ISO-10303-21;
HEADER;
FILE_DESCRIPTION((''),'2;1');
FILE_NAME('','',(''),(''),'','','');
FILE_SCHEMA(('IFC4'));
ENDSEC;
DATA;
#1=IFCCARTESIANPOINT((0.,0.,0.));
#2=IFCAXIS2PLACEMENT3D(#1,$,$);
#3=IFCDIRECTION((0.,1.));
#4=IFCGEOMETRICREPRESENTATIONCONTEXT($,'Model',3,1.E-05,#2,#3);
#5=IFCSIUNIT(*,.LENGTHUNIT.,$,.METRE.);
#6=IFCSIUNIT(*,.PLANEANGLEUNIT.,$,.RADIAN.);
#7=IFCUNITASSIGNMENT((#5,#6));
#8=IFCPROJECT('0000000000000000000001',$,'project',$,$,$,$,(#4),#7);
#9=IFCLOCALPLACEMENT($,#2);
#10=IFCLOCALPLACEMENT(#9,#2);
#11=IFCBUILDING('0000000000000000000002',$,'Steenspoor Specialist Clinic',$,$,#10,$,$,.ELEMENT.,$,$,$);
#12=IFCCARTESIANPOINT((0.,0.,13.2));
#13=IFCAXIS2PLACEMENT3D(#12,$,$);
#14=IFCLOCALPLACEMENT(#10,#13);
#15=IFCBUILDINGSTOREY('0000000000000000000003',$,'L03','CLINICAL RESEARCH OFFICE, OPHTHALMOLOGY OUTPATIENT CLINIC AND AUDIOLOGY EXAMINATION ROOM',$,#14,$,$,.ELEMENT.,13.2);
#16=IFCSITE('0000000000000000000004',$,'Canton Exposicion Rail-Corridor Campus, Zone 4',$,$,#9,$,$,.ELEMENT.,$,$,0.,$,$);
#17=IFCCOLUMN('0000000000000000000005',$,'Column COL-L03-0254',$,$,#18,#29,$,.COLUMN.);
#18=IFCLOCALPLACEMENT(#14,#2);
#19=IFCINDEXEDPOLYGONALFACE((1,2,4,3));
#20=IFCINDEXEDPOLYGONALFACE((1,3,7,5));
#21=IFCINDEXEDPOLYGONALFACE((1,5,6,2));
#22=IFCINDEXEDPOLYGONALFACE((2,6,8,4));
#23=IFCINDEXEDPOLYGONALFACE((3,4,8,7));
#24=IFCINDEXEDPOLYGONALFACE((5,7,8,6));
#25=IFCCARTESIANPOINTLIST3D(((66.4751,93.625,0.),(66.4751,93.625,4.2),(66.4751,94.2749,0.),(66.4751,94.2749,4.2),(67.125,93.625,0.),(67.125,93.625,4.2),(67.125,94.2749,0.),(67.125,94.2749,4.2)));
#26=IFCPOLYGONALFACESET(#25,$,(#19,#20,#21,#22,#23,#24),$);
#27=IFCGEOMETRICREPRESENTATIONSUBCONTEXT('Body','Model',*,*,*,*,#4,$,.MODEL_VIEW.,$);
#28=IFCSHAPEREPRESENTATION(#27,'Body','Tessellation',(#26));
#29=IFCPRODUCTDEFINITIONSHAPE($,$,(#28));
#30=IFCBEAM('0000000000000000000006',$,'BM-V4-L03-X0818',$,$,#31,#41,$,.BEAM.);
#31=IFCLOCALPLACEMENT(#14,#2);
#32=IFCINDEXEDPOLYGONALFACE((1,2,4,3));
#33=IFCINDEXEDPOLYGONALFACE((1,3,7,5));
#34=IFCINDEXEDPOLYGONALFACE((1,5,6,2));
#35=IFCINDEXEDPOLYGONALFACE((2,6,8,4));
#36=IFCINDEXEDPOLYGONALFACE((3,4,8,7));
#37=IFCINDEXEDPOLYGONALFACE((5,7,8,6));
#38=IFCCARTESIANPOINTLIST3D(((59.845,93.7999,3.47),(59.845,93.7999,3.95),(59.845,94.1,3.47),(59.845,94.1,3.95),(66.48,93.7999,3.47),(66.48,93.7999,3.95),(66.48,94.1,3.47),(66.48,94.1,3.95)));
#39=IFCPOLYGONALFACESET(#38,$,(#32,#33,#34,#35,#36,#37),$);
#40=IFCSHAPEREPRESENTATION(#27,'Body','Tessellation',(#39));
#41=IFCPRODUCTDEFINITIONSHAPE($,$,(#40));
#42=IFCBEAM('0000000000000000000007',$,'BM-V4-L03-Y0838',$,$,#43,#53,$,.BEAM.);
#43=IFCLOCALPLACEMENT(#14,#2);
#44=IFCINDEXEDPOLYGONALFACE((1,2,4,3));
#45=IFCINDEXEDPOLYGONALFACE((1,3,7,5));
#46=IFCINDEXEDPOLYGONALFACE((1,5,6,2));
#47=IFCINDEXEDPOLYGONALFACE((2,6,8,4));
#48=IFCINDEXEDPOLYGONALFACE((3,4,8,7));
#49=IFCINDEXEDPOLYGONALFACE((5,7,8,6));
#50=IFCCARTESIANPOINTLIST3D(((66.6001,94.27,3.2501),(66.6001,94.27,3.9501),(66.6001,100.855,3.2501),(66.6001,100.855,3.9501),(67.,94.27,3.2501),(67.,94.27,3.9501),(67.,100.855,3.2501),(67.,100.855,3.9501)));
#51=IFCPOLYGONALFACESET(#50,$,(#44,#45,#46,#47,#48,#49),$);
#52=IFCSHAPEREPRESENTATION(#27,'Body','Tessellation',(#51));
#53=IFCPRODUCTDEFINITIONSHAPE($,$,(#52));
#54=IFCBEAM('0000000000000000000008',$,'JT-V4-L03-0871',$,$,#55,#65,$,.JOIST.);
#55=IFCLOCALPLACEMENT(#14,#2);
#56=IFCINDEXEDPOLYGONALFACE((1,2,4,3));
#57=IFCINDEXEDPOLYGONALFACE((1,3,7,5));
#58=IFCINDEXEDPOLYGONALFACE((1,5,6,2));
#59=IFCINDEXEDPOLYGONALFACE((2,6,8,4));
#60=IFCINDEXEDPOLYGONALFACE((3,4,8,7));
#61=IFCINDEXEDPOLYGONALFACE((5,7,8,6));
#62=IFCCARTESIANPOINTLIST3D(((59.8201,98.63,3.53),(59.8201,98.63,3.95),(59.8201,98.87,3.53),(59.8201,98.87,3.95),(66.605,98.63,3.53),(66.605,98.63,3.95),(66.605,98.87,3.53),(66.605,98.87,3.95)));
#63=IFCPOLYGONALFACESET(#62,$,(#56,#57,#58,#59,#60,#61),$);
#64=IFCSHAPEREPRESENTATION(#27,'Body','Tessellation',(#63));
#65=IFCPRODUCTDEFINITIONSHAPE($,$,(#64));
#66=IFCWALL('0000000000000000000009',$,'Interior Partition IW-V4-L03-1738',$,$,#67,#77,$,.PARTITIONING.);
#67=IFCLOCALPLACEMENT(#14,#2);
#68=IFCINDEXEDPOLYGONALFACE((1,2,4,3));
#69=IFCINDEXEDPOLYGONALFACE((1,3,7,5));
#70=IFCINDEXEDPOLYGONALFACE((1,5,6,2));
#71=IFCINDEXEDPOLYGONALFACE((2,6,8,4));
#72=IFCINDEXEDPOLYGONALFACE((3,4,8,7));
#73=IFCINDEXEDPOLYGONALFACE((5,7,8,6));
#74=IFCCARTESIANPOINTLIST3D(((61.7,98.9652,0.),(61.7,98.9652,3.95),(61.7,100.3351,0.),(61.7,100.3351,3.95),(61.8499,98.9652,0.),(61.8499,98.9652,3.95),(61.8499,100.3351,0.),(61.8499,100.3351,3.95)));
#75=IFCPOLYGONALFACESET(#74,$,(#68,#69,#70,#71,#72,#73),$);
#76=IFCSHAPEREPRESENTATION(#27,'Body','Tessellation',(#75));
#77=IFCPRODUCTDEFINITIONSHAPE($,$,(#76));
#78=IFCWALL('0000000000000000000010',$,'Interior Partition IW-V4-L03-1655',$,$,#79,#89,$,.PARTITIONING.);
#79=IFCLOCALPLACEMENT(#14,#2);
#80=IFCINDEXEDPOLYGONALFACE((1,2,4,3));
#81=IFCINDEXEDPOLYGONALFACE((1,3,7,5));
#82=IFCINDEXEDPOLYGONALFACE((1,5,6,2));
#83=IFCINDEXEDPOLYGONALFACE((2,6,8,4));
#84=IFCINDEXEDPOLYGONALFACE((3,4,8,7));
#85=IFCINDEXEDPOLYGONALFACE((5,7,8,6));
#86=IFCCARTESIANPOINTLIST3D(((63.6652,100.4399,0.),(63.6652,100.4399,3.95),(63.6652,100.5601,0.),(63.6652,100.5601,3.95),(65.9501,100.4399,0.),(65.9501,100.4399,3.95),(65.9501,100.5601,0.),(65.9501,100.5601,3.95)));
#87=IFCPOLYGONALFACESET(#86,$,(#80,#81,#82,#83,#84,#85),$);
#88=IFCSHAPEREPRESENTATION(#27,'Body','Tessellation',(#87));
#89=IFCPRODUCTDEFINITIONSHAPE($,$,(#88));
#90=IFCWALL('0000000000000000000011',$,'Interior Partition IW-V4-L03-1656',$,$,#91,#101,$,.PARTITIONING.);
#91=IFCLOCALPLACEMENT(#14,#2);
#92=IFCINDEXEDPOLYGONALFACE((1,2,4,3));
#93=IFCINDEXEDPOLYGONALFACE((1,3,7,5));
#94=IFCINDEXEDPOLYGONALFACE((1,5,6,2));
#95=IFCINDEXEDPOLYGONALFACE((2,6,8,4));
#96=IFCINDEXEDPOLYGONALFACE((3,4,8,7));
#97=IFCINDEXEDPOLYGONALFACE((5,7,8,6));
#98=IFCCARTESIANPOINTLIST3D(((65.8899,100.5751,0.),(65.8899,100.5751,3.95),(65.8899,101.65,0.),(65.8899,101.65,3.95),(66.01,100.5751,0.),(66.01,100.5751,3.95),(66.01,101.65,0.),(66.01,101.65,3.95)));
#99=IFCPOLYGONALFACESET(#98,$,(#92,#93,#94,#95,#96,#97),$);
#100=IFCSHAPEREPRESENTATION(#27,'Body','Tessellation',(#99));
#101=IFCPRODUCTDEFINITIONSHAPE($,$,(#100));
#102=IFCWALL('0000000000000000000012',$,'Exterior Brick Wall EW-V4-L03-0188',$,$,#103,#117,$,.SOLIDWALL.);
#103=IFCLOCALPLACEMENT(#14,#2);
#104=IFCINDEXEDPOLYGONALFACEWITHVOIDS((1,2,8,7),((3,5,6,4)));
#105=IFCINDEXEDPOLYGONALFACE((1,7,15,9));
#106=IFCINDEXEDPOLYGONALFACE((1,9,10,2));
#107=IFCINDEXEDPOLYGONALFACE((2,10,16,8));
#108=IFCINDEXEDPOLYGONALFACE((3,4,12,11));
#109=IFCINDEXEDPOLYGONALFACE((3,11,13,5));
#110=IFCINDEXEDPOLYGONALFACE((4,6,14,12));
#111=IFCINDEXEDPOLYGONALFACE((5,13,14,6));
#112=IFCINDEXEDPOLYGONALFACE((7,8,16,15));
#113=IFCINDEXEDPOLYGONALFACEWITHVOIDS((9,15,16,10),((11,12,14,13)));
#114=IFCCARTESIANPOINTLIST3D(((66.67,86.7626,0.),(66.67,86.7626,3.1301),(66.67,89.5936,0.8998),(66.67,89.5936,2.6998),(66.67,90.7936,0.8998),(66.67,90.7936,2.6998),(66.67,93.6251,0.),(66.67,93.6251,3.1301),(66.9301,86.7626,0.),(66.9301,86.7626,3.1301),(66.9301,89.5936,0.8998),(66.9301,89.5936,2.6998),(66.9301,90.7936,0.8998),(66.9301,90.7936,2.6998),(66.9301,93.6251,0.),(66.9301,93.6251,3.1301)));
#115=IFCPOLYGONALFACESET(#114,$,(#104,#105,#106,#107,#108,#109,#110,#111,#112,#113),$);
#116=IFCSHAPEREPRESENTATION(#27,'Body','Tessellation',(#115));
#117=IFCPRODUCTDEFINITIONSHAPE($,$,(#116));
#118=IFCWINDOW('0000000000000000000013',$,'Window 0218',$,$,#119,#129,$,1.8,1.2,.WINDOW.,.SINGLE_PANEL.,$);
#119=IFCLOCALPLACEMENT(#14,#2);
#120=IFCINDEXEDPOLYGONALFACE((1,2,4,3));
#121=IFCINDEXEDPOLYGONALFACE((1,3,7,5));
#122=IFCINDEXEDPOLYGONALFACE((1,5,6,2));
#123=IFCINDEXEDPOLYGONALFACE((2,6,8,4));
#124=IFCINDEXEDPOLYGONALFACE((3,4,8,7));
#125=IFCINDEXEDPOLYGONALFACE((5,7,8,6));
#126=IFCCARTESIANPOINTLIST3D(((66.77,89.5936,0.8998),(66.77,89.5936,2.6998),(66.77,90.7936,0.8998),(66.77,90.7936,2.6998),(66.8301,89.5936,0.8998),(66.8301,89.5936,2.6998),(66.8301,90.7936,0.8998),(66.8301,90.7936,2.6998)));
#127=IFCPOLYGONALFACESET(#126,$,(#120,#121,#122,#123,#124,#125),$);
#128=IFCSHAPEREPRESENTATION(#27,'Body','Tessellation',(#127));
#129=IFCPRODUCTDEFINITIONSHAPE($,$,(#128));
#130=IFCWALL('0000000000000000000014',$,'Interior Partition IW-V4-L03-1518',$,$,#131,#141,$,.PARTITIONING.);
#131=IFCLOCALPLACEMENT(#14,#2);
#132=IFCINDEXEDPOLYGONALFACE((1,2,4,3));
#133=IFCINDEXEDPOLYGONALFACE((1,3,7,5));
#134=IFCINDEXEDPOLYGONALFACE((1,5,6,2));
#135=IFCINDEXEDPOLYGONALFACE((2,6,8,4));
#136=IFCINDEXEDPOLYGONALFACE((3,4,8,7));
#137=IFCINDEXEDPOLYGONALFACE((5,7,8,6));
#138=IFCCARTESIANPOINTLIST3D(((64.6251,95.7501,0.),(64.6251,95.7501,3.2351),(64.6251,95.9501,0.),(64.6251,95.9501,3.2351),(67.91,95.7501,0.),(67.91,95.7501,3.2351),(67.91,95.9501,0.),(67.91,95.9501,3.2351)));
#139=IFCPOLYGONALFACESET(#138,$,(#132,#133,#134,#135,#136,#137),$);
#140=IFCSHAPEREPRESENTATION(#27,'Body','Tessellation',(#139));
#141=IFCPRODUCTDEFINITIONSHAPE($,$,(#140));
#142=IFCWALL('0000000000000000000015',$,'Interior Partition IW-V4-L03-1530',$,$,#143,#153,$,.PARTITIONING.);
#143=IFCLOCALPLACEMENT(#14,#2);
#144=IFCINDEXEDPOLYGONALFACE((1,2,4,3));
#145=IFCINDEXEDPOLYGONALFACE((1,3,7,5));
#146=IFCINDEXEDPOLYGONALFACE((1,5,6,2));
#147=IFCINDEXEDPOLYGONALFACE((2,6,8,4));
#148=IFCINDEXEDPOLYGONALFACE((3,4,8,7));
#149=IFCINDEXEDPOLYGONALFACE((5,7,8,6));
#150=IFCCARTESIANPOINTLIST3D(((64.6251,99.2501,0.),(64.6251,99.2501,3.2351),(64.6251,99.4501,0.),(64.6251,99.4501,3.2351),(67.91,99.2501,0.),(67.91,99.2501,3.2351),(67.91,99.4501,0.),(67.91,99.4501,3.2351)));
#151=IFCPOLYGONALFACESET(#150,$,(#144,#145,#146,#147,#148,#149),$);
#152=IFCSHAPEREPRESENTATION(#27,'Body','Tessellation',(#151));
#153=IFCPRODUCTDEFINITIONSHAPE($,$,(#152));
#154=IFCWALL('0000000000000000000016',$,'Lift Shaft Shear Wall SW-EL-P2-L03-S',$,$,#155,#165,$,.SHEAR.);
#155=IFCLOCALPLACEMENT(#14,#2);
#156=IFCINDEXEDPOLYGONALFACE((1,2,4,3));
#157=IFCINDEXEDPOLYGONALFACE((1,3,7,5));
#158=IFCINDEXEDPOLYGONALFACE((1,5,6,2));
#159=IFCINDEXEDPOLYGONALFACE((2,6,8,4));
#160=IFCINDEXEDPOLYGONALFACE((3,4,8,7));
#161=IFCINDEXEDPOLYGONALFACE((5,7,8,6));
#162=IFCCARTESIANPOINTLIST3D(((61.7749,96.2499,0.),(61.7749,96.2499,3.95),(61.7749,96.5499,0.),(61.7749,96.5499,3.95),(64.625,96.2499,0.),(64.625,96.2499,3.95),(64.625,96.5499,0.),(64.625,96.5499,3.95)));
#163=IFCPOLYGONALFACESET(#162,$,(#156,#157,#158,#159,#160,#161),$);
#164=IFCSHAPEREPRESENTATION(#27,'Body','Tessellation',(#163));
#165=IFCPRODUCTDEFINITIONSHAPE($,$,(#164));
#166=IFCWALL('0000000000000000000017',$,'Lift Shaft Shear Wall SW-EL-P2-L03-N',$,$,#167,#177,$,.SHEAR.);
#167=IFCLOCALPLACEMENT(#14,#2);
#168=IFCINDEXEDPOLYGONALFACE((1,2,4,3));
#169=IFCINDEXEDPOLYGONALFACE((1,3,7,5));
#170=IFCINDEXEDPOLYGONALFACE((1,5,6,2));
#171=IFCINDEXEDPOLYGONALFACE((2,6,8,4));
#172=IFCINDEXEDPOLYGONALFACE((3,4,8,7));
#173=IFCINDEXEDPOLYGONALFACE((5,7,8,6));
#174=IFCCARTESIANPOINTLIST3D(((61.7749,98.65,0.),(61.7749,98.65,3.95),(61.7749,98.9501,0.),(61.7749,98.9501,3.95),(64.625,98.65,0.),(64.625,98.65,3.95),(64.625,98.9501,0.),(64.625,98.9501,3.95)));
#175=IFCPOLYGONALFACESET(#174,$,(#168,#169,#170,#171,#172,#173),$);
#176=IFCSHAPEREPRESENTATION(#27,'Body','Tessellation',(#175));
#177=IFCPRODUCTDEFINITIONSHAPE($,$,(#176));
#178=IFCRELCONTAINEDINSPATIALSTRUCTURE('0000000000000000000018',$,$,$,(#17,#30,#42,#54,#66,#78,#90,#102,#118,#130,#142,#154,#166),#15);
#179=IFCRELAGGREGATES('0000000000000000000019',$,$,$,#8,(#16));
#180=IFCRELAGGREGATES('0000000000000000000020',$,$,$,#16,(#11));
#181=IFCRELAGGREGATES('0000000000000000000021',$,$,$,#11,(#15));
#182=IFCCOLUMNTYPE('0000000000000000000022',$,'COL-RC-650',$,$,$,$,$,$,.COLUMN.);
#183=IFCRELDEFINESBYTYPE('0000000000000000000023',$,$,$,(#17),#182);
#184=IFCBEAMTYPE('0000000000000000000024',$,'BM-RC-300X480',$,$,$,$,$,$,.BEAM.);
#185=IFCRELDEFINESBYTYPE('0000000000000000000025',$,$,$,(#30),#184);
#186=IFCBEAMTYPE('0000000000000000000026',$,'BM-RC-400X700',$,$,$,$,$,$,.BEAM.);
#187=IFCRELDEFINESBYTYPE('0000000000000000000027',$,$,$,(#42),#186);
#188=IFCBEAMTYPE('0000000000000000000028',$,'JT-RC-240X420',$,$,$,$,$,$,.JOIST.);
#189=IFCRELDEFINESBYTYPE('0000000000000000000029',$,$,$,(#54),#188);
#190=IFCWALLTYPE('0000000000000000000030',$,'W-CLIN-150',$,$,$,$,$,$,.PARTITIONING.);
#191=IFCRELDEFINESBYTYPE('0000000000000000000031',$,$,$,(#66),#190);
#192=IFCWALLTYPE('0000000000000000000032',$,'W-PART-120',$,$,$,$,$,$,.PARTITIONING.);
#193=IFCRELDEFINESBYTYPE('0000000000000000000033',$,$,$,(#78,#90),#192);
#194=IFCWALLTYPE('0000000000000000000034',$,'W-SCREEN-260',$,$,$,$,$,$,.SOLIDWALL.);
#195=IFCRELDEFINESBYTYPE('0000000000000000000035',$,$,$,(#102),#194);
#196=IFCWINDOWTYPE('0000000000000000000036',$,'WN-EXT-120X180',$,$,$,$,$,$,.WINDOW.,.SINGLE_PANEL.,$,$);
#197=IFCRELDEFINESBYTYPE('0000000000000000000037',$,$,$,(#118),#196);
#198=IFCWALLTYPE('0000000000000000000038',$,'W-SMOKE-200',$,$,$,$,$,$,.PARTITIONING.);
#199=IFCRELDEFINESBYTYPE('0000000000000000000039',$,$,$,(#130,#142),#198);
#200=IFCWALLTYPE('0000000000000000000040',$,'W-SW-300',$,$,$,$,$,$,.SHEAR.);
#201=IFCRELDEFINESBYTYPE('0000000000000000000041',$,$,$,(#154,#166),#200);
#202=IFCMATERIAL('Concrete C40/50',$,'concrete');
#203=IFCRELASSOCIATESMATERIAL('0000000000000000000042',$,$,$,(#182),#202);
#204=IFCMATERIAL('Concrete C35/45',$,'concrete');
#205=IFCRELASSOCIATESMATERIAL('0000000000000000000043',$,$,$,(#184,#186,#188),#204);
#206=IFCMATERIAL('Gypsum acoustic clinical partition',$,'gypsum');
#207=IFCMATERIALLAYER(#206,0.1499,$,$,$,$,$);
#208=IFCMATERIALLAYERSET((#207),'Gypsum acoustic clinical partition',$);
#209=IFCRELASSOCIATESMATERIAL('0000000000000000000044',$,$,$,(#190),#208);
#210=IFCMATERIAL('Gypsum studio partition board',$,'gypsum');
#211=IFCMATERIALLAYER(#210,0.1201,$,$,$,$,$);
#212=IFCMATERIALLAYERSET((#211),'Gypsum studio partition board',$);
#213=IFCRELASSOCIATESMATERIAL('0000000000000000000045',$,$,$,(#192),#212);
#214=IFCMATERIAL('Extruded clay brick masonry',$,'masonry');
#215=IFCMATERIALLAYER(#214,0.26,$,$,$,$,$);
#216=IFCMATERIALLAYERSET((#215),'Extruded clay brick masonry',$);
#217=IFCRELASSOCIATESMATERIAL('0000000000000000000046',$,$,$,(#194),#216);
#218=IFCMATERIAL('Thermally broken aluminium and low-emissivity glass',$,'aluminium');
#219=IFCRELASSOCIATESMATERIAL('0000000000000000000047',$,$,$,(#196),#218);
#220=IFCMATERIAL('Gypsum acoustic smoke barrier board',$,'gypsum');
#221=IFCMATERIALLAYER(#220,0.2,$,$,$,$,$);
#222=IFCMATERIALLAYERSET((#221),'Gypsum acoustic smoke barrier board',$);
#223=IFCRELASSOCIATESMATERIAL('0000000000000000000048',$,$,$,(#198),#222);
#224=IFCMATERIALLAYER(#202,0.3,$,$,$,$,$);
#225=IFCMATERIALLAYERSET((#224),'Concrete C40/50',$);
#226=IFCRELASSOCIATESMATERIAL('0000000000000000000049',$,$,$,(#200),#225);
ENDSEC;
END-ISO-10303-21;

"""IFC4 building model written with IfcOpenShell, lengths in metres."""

from ifc_helpers import new_model, si_unit, direction, frame, frame_2d, origin, origin_2d, place, context, subcontext, project, spatial, rectangle, extrude, material, layer, layer_set, material_profile, profile_set, type_object, element, fill, save


model = new_model("IFC4")

# Units and contexts
model_context = context("Model", 3, precision=1e-05, world=origin(), true_north=direction((0.0, 1.0)))
body_context = subcontext(model_context, "Body", "Model", "MODEL_VIEW")
ifc_project = project(units=[si_unit("LENGTHUNIT", "METRE"), si_unit("PLANEANGLEUNIT", "RADIAN")], contexts=[model_context])

# Site, building, storey
site_placement = place(None, origin())
site = spatial("IfcSite", under=ifc_project, at=site_placement, Name="Canton Exposicion Rail-Corridor Campus, Zone 4", CompositionType="ELEMENT", RefElevation=0.0)
building_placement = place(site_placement, origin())
building = spatial("IfcBuilding", under=site, at=building_placement, Name="Steenspoor Specialist Clinic", CompositionType="ELEMENT")
storey_placement = place(building_placement, frame((0.0, 0.0, 13.2)))
storey = spatial("IfcBuildingStorey", under=building, at=storey_placement, Name="L03", Description="CLINICAL RESEARCH OFFICE, OPHTHALMOLOGY OUTPATIENT CLINIC AND AUDIOLOGY EXAMINATION ROOM", CompositionType="ELEMENT", Elevation=13.2)

# Column
ifc_material_1 = material(Name="Concrete C40/50", Category="concrete")
ifc_material_profile_1 = material_profile(ifc_material_1, rectangle(XDim=0.6499, YDim=0.6499, at=origin_2d()), Name="RC-COL-650X650")
ifc_profile_set_1 = profile_set([ifc_material_profile_1], Name="Concrete C40/50")
column_type = type_object("IfcColumnType", Name="COL-RC-650", PredefinedType="COLUMN", material=ifc_profile_set_1)
column_placement = place(storey_placement, frame((66.8, 93.95, 0.0), z_axis=(0.0, 0.0, 1.0), x_axis=(1.0, 0.0, 0.0)))
element("IfcColumn", 1, at=column_placement, inside=storey, type_object=column_type, Name="Column COL-L03-0254", PredefinedType="COLUMN", context=body_context, shape_type="SweptSolid", body=[
    extrude(rectangle(XDim=0.6499, YDim=0.6499, at=origin_2d()), origin(), (0.0, 0.0, 1.0), 4.2),
])

# Beams
ifc_material_2 = material(Name="Concrete C35/45", Category="concrete")
ifc_material_profile_2 = material_profile(ifc_material_2, rectangle(XDim=0.3, YDim=0.48, at=origin_2d()), Name="RC-BM-300X480")
ifc_profile_set_2 = profile_set([ifc_material_profile_2], Name="Concrete C35/45")
beam_type_1 = type_object("IfcBeamType", Name="BM-RC-300X480", PredefinedType="BEAM", material=ifc_profile_set_2)
beam_1_placement = place(storey_placement, frame((59.845, 93.95, 3.71), z_axis=(1.0, 0.0, 0.0), x_axis=(0.0, 1.0, 0.0)))
element("IfcBeam", 2, at=beam_1_placement, inside=storey, type_object=beam_type_1, Name="BM-V4-L03-X0818", PredefinedType="BEAM", context=body_context, shape_type="SweptSolid", body=[
    extrude(rectangle(XDim=0.3, YDim=0.48, at=origin_2d()), origin(), (0.0, 0.0, 1.0), 6.635),
])
ifc_material_profile_3 = material_profile(ifc_material_2, rectangle(XDim=0.3999, YDim=0.7, at=origin_2d()), Name="RC-BM-400X700")
ifc_profile_set_3 = profile_set([ifc_material_profile_3], Name="Concrete C35/45")
beam_type_2 = type_object("IfcBeamType", Name="BM-RC-400X700", PredefinedType="BEAM", material=ifc_profile_set_3)
beam_2_placement = place(storey_placement, frame((66.8, 94.27, 3.6001), z_axis=(0.0, 1.0, 0.0), x_axis=(-1.0, 0.0, 0.0)))
element("IfcBeam", 3, at=beam_2_placement, inside=storey, type_object=beam_type_2, Name="BM-V4-L03-Y0838", PredefinedType="BEAM", context=body_context, shape_type="SweptSolid", body=[
    extrude(rectangle(XDim=0.3999, YDim=0.7, at=origin_2d()), origin(), (0.0, 0.0, 1.0), 6.585),
])
ifc_material_profile_4 = material_profile(ifc_material_2, rectangle(XDim=0.24, YDim=0.4199, at=origin_2d()), Name="RC-JT-240X420")
ifc_profile_set_4 = profile_set([ifc_material_profile_4], Name="Concrete C35/45")
beam_type_3 = type_object("IfcBeamType", Name="JT-RC-240X420", PredefinedType="JOIST", material=ifc_profile_set_4)
beam_3_placement = place(storey_placement, frame((59.8201, 98.75, 3.74), z_axis=(1.0, 0.0, 0.0), x_axis=(0.0, 1.0, 0.0)))
element("IfcBeam", 4, at=beam_3_placement, inside=storey, type_object=beam_type_3, Name="JT-V4-L03-0871", PredefinedType="JOIST", context=body_context, shape_type="SweptSolid", body=[
    extrude(rectangle(XDim=0.24, YDim=0.4199, at=origin_2d()), origin(), (0.0, 0.0, 1.0), 6.7849),
])

# Walls
ifc_material_3 = material(Name="Gypsum acoustic clinical partition", Category="gypsum")
ifc_layer_1 = layer(ifc_material_3, 0.1499)
ifc_layer_set_1 = layer_set([ifc_layer_1], Name="Gypsum acoustic clinical partition")
wall_type_1 = type_object("IfcWallType", Name="W-CLIN-150", PredefinedType="PARTITIONING", material=ifc_layer_set_1)
wall_1_placement = place(storey_placement, frame((61.7749, 98.9651, 0.0), z_axis=(0.0, 0.0, 1.0), x_axis=(0.0, 1.0, 0.0)))
element("IfcWall", 5, at=wall_1_placement, inside=storey, type_object=wall_type_1, Name="Interior Partition IW-V4-L03-1738", PredefinedType="PARTITIONING", context=body_context, shape_type="SweptSolid", body=[
    extrude(rectangle(XDim=1.3699, YDim=0.1499, at=frame_2d((0.6851, 0.0))), origin(), (0.0, 0.0, 1.0), 3.95),
])
ifc_material_4 = material(Name="Gypsum studio partition board", Category="gypsum")
ifc_layer_2 = layer(ifc_material_4, 0.1201)
ifc_layer_set_2 = layer_set([ifc_layer_2], Name="Gypsum studio partition board")
wall_type_2 = type_object("IfcWallType", Name="W-PART-120", PredefinedType="PARTITIONING", material=ifc_layer_set_2)
wall_2_placement = place(storey_placement, frame((63.665, 100.5, 0.0), z_axis=(0.0, 0.0, 1.0), x_axis=(1.0, 0.0, 0.0)))
element("IfcWall", 6, at=wall_2_placement, inside=storey, type_object=wall_type_2, Name="Interior Partition IW-V4-L03-1655", PredefinedType="PARTITIONING", context=body_context, shape_type="SweptSolid", body=[
    extrude(rectangle(XDim=2.2849, YDim=0.1201, at=frame_2d((1.1426, 0.0))), origin(), (0.0, 0.0, 1.0), 3.95),
])
wall_3_placement = place(storey_placement, frame((65.95, 100.575, 0.0), z_axis=(0.0, 0.0, 1.0), x_axis=(0.0, 1.0, 0.0)))
element("IfcWall", 7, at=wall_3_placement, inside=storey, type_object=wall_type_2, Name="Interior Partition IW-V4-L03-1656", PredefinedType="PARTITIONING", context=body_context, shape_type="SweptSolid", body=[
    extrude(rectangle(XDim=1.075, YDim=0.1201, at=frame_2d((0.5376, 0.0))), origin(), (0.0, 0.0, 1.0), 3.95),
])

# Wall, opening, window
ifc_material_5 = material(Name="Extruded clay brick masonry", Category="masonry")
ifc_layer_3 = layer(ifc_material_5, 0.26)
ifc_layer_set_3 = layer_set([ifc_layer_3], Name="Extruded clay brick masonry")
wall_type_3 = type_object("IfcWallType", Name="W-SCREEN-260", PredefinedType="SOLIDWALL", material=ifc_layer_set_3)
wall_4_placement = place(storey_placement, frame((66.8, 93.625, 0.0), z_axis=(0.0, 0.0, 1.0), x_axis=(0.0, -1.0, 0.0)))
wall_4 = element("IfcWall", 8, at=wall_4_placement, inside=storey, type_object=wall_type_3, Name="Exterior Brick Wall EW-V4-L03-0188", PredefinedType="SOLIDWALL", context=body_context, shape_type="SweptSolid", body=[
    extrude(rectangle(XDim=6.8625, YDim=0.26, at=frame_2d((3.4312, 0.0))), origin(), (0.0, 0.0, 1.0), 3.1301),
])
opening_1_placement = place(wall_4_placement, frame((2.8313, 0.0, 0.8999)))
opening_1 = element("IfcOpeningElement", 9, at=opening_1_placement, cuts=wall_4, PredefinedType="OPENING", context=body_context, shape_type="SweptSolid", body=[
    extrude(rectangle(XDim=1.2, YDim=1.8, at=frame_2d((0.6001, 0.8999))), frame((0.0, 0.1401, 0.0), z_axis=(0.0, -1.0, 0.0), x_axis=(1.0, 0.0, 0.0)), (0.0, 0.0, 1.0), 0.28),
])
ifc_material_6 = material(Name="Thermally broken aluminium and low-emissivity glass", Category="aluminium")
window_type = type_object("IfcWindowType", Name="WN-EXT-120X180", PartitioningType="SINGLE_PANEL", PredefinedType="WINDOW", material=ifc_material_6)
window_placement = place(opening_1_placement, origin())
window = element("IfcWindow", 10, at=window_placement, inside=storey, type_object=window_type, Name="Window 0218", OverallHeight=1.8, OverallWidth=1.2, PartitioningType="SINGLE_PANEL", PredefinedType="WINDOW", context=body_context, shape_type="SweptSolid", body=[
    extrude(rectangle(XDim=1.2, YDim=1.8, at=frame_2d((0.6001, 0.8999))), frame((0.0, 0.03, 0.0), z_axis=(0.0, -1.0, 0.0), x_axis=(1.0, 0.0, 0.0)), (0.0, 0.0, 1.0), 0.0601),
])
fill(opening_1, window)

# Walls
ifc_material_7 = material(Name="Gypsum acoustic smoke barrier board", Category="gypsum")
ifc_layer_4 = layer(ifc_material_7, 0.2)
ifc_layer_set_4 = layer_set([ifc_layer_4], Name="Gypsum acoustic smoke barrier board")
wall_type_4 = type_object("IfcWallType", Name="W-SMOKE-200", PredefinedType="PARTITIONING", material=ifc_layer_set_4)
for number, where, z_axis, x_axis, name in (
    (11, (64.625, 95.8501, 0.0), (0.0, 0.0, 1.0), (1.0, 0.0, 0.0), "Interior Partition IW-V4-L03-1518"),
    (12, (64.625, 99.3501, 0.0), (0.0, 0.0, 1.0), (1.0, 0.0, 0.0), "Interior Partition IW-V4-L03-1530"),
):
    element("IfcWall", number, at=place(storey_placement, frame(where, z_axis=z_axis, x_axis=x_axis)), inside=storey, type_object=wall_type_4, Name=name, PredefinedType="PARTITIONING", context=body_context, shape_type="SweptSolid", body=[
        extrude(rectangle(XDim=3.2849, YDim=0.2, at=frame_2d((1.6426, 0.0))), origin(), (0.0, 0.0, 1.0), 3.2351),
    ])
ifc_layer_5 = layer(ifc_material_1, 0.3)
ifc_layer_set_5 = layer_set([ifc_layer_5], Name="Concrete C40/50")
wall_type_5 = type_object("IfcWallType", Name="W-SW-300", PredefinedType="SHEAR", material=ifc_layer_set_5)
for number, where, z_axis, x_axis, name in (
    (13, (61.7749, 96.3999, 0.0), (0.0, 0.0, 1.0), (1.0, 0.0, 0.0), "Lift Shaft Shear Wall SW-EL-P2-L03-S"),
    (14, (61.7749, 98.8, 0.0), (0.0, 0.0, 1.0), (1.0, 0.0, 0.0), "Lift Shaft Shear Wall SW-EL-P2-L03-N"),
):
    element("IfcWall", number, at=place(storey_placement, frame(where, z_axis=z_axis, x_axis=x_axis)), inside=storey, type_object=wall_type_5, Name=name, PredefinedType="SHEAR", context=body_context, shape_type="SweptSolid", body=[
        extrude(rectangle(XDim=2.8501, YDim=0.3, at=frame_2d((1.425, 0.0))), origin(), (0.0, 0.0, 1.0), 3.95),
    ])

save(model, "model.ifc")
